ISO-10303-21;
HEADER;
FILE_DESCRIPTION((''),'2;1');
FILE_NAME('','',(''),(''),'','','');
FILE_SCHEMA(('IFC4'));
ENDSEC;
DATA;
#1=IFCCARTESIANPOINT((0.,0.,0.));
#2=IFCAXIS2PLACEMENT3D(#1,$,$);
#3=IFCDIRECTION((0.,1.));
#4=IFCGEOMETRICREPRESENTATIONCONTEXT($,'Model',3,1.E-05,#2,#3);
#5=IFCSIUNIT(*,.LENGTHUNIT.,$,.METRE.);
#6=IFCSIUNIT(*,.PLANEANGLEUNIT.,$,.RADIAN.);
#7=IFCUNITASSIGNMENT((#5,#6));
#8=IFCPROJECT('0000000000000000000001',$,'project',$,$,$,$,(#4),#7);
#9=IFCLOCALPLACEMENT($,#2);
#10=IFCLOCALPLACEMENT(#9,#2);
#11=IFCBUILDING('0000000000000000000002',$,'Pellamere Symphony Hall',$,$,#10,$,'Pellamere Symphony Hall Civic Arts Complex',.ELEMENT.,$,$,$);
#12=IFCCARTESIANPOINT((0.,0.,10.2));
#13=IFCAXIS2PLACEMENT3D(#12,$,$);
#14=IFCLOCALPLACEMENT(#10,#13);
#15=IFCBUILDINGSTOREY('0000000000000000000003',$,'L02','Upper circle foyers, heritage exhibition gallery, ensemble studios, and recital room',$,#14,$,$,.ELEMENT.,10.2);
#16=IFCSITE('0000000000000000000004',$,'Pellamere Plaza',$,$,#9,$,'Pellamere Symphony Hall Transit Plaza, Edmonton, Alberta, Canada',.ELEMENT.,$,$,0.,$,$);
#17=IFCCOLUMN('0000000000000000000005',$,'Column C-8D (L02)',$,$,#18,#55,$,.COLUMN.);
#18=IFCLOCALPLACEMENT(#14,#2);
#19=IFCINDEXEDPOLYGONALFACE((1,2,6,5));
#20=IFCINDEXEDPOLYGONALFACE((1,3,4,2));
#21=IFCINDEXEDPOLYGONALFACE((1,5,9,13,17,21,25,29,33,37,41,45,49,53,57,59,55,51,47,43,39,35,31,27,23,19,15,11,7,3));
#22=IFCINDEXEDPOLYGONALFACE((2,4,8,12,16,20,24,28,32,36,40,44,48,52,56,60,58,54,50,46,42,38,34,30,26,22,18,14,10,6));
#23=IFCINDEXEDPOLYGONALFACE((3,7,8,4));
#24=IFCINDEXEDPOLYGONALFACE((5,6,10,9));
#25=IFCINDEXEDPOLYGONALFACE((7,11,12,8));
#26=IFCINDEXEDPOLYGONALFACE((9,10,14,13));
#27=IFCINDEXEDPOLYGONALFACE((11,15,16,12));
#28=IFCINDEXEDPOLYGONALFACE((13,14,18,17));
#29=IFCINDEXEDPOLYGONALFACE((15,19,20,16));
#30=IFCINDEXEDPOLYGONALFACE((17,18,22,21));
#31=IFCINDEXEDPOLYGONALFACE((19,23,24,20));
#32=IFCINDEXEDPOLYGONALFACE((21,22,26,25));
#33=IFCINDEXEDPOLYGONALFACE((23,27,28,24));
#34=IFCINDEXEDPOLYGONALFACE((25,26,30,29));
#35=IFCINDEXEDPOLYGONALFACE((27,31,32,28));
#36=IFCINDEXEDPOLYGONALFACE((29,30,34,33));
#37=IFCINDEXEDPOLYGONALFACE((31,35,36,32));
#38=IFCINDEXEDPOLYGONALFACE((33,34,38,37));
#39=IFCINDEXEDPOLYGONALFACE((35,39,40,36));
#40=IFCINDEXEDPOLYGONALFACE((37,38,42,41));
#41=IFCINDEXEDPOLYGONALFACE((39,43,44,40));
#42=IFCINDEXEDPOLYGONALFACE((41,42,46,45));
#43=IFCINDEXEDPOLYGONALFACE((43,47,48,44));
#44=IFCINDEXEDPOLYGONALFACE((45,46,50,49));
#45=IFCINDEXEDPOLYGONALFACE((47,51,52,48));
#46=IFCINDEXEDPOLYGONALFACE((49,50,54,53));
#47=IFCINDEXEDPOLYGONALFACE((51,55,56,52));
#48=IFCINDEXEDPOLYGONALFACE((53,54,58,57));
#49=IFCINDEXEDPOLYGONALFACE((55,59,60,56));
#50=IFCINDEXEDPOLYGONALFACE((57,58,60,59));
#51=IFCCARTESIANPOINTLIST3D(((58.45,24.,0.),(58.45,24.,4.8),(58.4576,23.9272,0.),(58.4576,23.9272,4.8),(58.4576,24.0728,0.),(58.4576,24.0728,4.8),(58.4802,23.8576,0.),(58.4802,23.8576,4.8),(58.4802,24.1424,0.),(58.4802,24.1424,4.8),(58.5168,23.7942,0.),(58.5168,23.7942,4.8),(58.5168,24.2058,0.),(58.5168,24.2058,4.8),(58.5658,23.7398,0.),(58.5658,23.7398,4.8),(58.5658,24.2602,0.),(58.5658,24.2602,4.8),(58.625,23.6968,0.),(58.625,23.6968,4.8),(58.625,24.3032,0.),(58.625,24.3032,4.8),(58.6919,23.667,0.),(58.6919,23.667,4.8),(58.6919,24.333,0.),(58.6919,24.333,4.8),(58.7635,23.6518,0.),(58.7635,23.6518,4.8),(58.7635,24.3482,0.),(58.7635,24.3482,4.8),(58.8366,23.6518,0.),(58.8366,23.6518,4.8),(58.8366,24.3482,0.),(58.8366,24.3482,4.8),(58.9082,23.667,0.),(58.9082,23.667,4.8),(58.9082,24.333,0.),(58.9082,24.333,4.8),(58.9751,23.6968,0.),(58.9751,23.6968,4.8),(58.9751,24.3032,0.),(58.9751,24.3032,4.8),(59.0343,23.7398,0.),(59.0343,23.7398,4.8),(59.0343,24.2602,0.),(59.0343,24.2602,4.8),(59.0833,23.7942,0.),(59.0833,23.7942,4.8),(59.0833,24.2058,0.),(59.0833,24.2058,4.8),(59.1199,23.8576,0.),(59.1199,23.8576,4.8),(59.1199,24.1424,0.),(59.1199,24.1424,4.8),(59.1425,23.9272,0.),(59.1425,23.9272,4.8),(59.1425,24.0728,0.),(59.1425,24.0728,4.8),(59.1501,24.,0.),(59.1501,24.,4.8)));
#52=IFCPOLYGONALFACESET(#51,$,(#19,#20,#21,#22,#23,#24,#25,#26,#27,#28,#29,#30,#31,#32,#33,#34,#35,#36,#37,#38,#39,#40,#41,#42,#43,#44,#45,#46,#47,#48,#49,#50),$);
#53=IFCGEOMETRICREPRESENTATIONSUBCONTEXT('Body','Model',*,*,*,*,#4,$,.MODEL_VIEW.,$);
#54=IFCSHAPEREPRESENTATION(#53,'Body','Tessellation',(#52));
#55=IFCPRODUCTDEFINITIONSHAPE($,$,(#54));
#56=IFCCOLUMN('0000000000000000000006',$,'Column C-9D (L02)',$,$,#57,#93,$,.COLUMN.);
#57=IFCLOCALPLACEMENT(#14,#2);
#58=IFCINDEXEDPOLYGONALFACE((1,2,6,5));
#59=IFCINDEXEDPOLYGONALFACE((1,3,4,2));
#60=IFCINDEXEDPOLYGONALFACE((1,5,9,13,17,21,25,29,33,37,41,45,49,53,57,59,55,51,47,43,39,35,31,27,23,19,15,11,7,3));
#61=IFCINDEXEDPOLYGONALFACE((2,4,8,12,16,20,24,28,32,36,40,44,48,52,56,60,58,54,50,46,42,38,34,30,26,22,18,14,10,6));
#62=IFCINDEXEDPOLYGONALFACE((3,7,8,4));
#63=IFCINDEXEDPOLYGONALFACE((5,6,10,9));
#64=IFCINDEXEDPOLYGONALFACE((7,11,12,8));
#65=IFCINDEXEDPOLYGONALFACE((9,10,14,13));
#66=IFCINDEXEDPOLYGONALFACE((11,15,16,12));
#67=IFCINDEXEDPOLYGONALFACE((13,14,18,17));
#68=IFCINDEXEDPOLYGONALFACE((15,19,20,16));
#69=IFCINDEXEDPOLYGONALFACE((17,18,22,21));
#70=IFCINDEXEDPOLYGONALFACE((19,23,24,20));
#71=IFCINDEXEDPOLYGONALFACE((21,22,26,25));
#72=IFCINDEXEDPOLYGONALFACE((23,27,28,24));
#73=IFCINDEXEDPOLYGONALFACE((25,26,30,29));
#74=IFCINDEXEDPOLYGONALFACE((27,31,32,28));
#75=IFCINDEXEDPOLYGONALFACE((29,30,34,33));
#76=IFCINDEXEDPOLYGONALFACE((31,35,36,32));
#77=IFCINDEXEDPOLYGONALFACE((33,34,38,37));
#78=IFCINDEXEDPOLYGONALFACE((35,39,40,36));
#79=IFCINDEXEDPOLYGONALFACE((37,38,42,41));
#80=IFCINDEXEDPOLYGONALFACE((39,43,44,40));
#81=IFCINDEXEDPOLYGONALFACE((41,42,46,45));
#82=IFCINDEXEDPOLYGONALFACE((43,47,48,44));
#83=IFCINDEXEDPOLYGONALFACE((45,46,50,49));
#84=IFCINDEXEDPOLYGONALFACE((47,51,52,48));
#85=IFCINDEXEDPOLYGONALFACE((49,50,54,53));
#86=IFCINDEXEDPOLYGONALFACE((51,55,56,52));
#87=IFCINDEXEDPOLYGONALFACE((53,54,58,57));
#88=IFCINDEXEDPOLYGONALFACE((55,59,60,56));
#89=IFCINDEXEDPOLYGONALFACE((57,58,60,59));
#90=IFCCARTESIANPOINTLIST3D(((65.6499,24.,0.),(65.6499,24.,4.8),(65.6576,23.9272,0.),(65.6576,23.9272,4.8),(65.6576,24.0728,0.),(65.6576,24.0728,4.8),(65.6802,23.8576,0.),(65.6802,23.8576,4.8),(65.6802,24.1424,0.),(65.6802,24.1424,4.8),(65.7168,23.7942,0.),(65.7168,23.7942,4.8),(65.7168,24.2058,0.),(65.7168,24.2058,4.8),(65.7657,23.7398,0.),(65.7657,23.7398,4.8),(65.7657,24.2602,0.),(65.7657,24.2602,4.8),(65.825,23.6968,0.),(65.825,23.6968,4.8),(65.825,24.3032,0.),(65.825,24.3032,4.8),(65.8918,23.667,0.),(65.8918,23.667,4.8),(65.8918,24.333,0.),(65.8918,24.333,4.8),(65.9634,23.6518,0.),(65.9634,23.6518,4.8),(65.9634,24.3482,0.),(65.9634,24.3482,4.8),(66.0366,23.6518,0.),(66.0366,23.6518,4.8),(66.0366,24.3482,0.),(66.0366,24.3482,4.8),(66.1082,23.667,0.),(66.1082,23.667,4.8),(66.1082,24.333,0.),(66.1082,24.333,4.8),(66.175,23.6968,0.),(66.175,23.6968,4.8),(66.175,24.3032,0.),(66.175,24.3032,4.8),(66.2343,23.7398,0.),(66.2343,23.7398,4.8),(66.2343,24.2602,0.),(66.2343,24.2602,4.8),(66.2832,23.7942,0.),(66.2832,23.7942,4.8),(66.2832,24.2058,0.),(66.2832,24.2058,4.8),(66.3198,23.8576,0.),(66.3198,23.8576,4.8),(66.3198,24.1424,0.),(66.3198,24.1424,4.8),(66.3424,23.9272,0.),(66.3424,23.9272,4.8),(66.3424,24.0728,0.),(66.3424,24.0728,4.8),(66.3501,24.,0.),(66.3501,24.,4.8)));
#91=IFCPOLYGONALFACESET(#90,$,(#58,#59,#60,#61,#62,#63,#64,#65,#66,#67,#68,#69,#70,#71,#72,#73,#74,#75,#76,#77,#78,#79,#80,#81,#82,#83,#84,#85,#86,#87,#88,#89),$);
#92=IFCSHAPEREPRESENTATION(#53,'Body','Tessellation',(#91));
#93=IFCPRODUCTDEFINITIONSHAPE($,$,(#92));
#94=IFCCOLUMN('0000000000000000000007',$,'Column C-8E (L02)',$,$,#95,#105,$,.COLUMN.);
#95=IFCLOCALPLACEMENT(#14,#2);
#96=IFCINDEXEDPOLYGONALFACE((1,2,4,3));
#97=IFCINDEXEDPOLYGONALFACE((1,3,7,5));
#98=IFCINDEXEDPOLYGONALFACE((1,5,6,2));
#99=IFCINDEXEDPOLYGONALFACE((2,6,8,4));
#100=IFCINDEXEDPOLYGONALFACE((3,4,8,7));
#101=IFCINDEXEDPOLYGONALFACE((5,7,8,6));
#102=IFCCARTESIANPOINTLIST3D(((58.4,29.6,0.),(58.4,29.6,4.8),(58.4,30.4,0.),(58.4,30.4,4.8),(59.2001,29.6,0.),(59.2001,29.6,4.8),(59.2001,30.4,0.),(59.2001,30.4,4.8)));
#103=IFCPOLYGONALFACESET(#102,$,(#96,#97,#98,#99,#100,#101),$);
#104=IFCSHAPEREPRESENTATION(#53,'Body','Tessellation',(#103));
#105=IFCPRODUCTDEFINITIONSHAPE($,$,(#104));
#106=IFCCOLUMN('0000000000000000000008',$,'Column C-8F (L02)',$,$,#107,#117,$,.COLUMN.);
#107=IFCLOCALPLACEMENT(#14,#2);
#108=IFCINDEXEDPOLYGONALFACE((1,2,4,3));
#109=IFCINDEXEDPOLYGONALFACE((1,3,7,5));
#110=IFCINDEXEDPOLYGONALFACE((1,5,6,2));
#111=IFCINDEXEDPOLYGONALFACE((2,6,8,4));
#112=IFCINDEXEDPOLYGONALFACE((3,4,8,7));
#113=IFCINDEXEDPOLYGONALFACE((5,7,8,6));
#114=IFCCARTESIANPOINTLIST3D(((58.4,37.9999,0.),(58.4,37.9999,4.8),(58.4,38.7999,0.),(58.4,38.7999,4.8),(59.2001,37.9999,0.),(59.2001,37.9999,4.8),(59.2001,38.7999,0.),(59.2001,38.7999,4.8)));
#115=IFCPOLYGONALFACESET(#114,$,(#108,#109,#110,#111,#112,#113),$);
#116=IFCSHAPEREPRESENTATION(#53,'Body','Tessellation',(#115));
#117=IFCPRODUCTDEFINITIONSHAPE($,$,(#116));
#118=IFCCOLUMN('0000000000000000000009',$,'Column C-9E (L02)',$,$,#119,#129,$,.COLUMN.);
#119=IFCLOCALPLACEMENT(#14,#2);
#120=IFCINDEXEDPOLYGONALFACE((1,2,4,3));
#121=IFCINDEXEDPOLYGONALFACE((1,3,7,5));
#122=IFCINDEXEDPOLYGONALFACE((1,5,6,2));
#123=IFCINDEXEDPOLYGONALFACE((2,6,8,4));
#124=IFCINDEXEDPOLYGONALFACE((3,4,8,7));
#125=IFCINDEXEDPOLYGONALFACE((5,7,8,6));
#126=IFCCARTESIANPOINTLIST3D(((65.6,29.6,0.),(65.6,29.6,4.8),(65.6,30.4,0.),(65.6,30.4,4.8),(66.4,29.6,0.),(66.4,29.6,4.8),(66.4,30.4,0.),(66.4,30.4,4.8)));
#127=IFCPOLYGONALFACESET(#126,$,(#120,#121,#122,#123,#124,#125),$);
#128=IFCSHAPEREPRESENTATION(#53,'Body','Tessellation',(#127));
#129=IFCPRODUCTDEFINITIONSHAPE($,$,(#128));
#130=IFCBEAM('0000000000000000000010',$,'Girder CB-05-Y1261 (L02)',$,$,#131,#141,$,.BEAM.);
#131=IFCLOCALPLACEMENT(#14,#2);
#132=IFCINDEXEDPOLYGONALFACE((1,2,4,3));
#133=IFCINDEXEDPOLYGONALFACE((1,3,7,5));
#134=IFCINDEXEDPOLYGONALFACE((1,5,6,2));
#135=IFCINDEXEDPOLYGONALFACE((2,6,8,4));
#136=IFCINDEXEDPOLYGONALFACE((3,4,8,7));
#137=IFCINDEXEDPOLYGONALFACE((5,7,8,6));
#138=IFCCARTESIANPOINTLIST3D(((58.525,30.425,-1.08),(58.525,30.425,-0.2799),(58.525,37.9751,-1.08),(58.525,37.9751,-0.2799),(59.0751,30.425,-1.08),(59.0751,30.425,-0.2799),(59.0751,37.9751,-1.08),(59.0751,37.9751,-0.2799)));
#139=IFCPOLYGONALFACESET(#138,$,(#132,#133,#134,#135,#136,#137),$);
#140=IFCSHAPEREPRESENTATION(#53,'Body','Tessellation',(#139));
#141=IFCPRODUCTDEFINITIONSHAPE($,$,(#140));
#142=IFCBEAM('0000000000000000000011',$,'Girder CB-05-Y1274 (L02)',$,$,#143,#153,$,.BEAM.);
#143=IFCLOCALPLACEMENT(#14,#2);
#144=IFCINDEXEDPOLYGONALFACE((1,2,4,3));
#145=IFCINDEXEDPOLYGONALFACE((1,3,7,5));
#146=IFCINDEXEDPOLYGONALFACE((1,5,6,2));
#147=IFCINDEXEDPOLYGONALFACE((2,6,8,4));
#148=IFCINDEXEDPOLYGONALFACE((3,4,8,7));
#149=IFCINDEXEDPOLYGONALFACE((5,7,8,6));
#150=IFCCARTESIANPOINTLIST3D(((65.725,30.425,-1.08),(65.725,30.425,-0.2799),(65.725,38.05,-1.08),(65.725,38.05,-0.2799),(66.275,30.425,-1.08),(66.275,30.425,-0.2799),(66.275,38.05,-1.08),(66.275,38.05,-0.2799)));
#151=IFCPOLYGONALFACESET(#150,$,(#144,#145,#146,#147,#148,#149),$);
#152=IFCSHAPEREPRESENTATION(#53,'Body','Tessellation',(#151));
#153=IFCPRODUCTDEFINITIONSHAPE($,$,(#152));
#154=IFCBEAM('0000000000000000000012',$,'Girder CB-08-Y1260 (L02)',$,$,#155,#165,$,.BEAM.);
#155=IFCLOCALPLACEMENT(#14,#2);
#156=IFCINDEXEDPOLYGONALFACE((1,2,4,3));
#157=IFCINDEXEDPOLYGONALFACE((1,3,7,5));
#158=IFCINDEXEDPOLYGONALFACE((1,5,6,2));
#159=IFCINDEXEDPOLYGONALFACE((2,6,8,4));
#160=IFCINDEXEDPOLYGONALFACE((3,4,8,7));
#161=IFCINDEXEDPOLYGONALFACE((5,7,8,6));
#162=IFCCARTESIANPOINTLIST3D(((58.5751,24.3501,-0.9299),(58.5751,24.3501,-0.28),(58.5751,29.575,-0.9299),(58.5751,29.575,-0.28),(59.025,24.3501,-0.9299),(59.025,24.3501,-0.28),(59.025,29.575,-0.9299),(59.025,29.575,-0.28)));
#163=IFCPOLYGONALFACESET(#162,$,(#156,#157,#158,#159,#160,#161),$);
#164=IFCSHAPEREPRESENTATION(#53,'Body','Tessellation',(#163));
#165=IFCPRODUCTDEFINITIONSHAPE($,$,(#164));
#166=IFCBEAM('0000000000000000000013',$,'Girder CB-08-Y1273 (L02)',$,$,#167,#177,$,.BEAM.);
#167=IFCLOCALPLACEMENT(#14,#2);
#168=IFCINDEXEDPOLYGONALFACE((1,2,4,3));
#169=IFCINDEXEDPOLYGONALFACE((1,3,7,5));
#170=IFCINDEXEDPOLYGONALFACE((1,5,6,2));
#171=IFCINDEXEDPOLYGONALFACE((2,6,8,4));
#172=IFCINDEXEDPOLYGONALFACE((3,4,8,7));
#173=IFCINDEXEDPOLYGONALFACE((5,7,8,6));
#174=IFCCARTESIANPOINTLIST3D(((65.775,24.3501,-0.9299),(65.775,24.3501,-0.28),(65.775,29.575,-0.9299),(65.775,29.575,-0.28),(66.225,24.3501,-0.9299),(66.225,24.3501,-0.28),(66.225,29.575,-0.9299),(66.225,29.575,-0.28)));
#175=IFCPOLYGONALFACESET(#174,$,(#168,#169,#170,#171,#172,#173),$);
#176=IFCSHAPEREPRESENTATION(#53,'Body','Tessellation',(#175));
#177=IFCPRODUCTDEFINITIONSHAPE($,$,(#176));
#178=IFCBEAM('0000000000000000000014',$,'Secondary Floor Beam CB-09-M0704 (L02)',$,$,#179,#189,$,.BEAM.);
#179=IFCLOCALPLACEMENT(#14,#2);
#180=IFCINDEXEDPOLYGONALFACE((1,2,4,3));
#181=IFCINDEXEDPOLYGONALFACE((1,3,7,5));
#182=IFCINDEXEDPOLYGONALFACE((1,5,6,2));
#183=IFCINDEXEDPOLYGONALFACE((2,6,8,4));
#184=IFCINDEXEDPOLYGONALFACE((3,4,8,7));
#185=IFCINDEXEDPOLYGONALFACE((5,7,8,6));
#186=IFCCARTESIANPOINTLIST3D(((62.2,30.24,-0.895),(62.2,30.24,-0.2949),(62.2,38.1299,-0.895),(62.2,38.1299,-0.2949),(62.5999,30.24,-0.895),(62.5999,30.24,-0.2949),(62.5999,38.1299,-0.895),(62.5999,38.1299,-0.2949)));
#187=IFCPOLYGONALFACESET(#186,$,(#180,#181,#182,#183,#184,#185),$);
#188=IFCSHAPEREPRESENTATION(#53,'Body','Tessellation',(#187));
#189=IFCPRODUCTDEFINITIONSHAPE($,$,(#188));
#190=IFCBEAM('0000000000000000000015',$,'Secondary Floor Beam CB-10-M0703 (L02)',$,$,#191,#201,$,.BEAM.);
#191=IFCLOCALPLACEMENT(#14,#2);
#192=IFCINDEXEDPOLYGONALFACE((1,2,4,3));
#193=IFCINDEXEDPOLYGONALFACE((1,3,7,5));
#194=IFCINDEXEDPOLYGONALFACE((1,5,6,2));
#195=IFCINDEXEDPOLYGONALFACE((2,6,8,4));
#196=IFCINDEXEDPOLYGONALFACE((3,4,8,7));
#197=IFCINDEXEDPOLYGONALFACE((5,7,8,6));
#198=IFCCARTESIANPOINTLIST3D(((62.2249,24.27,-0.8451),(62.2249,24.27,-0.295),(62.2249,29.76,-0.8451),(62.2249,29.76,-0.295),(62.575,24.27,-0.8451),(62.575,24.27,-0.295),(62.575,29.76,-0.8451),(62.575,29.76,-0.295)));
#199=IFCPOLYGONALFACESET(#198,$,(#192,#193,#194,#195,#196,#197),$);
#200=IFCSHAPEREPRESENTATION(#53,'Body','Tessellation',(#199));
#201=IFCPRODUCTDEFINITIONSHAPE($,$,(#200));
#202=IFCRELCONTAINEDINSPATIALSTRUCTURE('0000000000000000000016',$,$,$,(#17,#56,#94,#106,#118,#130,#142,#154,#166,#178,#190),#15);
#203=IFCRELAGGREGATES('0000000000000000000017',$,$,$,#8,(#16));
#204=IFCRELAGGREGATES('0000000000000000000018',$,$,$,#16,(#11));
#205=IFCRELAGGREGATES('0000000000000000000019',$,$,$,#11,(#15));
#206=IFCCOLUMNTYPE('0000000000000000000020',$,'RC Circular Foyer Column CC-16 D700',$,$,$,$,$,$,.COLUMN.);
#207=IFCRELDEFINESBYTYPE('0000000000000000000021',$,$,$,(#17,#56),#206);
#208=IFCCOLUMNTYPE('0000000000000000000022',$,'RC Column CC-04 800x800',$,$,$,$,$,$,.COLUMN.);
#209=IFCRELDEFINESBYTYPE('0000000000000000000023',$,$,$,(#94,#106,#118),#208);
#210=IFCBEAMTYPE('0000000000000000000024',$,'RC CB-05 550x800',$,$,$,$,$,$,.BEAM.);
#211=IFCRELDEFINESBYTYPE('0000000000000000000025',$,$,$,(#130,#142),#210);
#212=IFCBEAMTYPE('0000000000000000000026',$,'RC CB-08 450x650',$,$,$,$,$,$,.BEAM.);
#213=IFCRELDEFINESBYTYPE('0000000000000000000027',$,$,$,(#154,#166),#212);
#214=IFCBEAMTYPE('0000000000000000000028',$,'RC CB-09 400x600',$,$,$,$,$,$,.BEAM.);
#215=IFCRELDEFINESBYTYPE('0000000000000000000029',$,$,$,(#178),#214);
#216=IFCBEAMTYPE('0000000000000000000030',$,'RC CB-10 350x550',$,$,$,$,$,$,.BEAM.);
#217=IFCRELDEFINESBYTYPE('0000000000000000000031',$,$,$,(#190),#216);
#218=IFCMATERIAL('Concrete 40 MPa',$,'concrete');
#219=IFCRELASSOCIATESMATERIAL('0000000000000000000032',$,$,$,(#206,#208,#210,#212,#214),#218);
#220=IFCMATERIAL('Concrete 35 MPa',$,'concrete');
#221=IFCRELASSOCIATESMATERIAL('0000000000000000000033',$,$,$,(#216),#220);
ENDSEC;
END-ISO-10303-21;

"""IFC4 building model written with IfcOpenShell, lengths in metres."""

from ifc_helpers import new_model, si_unit, direction, frame, origin, origin_2d, place, context, subcontext, project, spatial, rectangle, circle, extrude, material, material_profile, profile_set, type_object, element, save


model = new_model("IFC4")

# Units and contexts
model_context = context("Model", 3, precision=1e-05, world=origin(), true_north=direction((0.0, 1.0)))
body_context = subcontext(model_context, "Body", "Model", "MODEL_VIEW")
ifc_project = project(units=[si_unit("LENGTHUNIT", "METRE"), si_unit("PLANEANGLEUNIT", "RADIAN")], contexts=[model_context])

# Site, building, storey
site_placement = place(None, origin())
site = spatial("IfcSite", under=ifc_project, at=site_placement, Name="Pellamere Plaza", LongName="Pellamere Symphony Hall Transit Plaza, Edmonton, Alberta, Canada", CompositionType="ELEMENT", RefElevation=0.0)
building_placement = place(site_placement, origin())
building = spatial("IfcBuilding", under=site, at=building_placement, Name="Pellamere Symphony Hall", LongName="Pellamere Symphony Hall Civic Arts Complex", CompositionType="ELEMENT")
storey_placement = place(building_placement, frame((0.0, 0.0, 10.2)))
storey = spatial("IfcBuildingStorey", under=building, at=storey_placement, Name="L02", Description="Upper circle foyers, heritage exhibition gallery, ensemble studios, and recital room", CompositionType="ELEMENT", Elevation=10.2)

# Columns
ifc_material_1 = material(Name="Concrete 40 MPa", Category="concrete")
ifc_material_profile_1 = material_profile(ifc_material_1, circle(Radius=0.3501, at=origin_2d()), Name="RCCOL D700")
ifc_profile_set_1 = profile_set([ifc_material_profile_1], Name="Concrete 40 MPa")
column_type_1 = type_object("IfcColumnType", Name="RC Circular Foyer Column CC-16 D700", PredefinedType="COLUMN", material=ifc_profile_set_1)
for number, where, z_axis, x_axis, name in (
    (1, (58.8, 24.0, 0.0), (0.0, 0.0, 1.0), (1.0, 0.0, 0.0), "Column C-8D (L02)"),
    (2, (66.0, 24.0, 0.0), (0.0, 0.0, 1.0), (1.0, 0.0, 0.0), "Column C-9D (L02)"),
):
    element("IfcColumn", number, at=place(storey_placement, frame(where, z_axis=z_axis, x_axis=x_axis)), inside=storey, type_object=column_type_1, Name=name, PredefinedType="COLUMN", context=body_context, shape_type="SweptSolid", body=[
        extrude(circle(Radius=0.3501, at=origin_2d()), origin(), (0.0, 0.0, 1.0), 4.8),
    ])
ifc_material_profile_2 = material_profile(ifc_material_1, rectangle(XDim=0.8, YDim=0.8, at=origin_2d()), Name="RC 800x800")
ifc_profile_set_2 = profile_set([ifc_material_profile_2], Name="Concrete 40 MPa")
column_type_2 = type_object("IfcColumnType", Name="RC Column CC-04 800x800", PredefinedType="COLUMN", material=ifc_profile_set_2)
for number, where, z_axis, x_axis, name in (
    (3, (58.8, 30.0, 0.0), (0.0, 0.0, 1.0), (1.0, 0.0, 0.0), "Column C-8E (L02)"),
    (4, (58.8, 38.3999, 0.0), (0.0, 0.0, 1.0), (1.0, 0.0, 0.0), "Column C-8F (L02)"),
    (5, (66.0, 30.0, 0.0), (0.0, 0.0, 1.0), (1.0, 0.0, 0.0), "Column C-9E (L02)"),
):
    element("IfcColumn", number, at=place(storey_placement, frame(where, z_axis=z_axis, x_axis=x_axis)), inside=storey, type_object=column_type_2, Name=name, PredefinedType="COLUMN", context=body_context, shape_type="SweptSolid", body=[
        extrude(rectangle(XDim=0.8, YDim=0.8, at=origin_2d()), origin(), (0.0, 0.0, 1.0), 4.8),
    ])

# Beams
ifc_material_profile_3 = material_profile(ifc_material_1, rectangle(XDim=0.55, YDim=0.8, at=origin_2d()), Name="RC 550x800")
ifc_profile_set_3 = profile_set([ifc_material_profile_3], Name="Concrete 40 MPa")
beam_type_1 = type_object("IfcBeamType", Name="RC CB-05 550x800", PredefinedType="BEAM", material=ifc_profile_set_3)
beam_1_placement = place(storey_placement, frame((58.8, 30.425, -0.6799), z_axis=(0.0, 1.0, 0.0), x_axis=(-1.0, 0.0, 0.0)))
element("IfcBeam", 6, at=beam_1_placement, inside=storey, type_object=beam_type_1, Name="Girder CB-05-Y1261 (L02)", PredefinedType="BEAM", context=body_context, shape_type="SweptSolid", body=[
    extrude(rectangle(XDim=0.55, YDim=0.8, at=origin_2d()), origin(), (0.0, 0.0, 1.0), 7.55),
])
beam_2_placement = place(storey_placement, frame((66.0, 30.425, -0.6799), z_axis=(0.0, 1.0, 0.0), x_axis=(-1.0, 0.0, 0.0)))
element("IfcBeam", 7, at=beam_2_placement, inside=storey, type_object=beam_type_1, Name="Girder CB-05-Y1274 (L02)", PredefinedType="BEAM", context=body_context, shape_type="SweptSolid", body=[
    extrude(rectangle(XDim=0.55, YDim=0.8, at=origin_2d()), origin(), (0.0, 0.0, 1.0), 7.625),
])
ifc_material_profile_4 = material_profile(ifc_material_1, rectangle(XDim=0.45, YDim=0.6499, at=origin_2d()), Name="RC 450x650")
ifc_profile_set_4 = profile_set([ifc_material_profile_4], Name="Concrete 40 MPa")
beam_type_2 = type_object("IfcBeamType", Name="RC CB-08 450x650", PredefinedType="BEAM", material=ifc_profile_set_4)
for number, where, z_axis, x_axis, name in (
    (8, (58.8, 24.3501, -0.605), (0.0, 1.0, 0.0), (-1.0, 0.0, 0.0), "Girder CB-08-Y1260 (L02)"),
    (9, (66.0, 24.3501, -0.605), (0.0, 1.0, 0.0), (-1.0, 0.0, 0.0), "Girder CB-08-Y1273 (L02)"),
):
    element("IfcBeam", number, at=place(storey_placement, frame(where, z_axis=z_axis, x_axis=x_axis)), inside=storey, type_object=beam_type_2, Name=name, PredefinedType="BEAM", context=body_context, shape_type="SweptSolid", body=[
        extrude(rectangle(XDim=0.45, YDim=0.6499, at=origin_2d()), origin(), (0.0, 0.0, 1.0), 5.2249),
    ])
ifc_material_profile_5 = material_profile(ifc_material_1, rectangle(XDim=0.3999, YDim=0.6001, at=origin_2d()), Name="RC 400x600")
ifc_profile_set_5 = profile_set([ifc_material_profile_5], Name="Concrete 40 MPa")
beam_type_3 = type_object("IfcBeamType", Name="RC CB-09 400x600", PredefinedType="BEAM", material=ifc_profile_set_5)
beam_3_placement = place(storey_placement, frame((62.3999, 30.24, -0.595), z_axis=(0.0, 1.0, 0.0), x_axis=(-1.0, 0.0, 0.0)))
element("IfcBeam", 10, at=beam_3_placement, inside=storey, type_object=beam_type_3, Name="Secondary Floor Beam CB-09-M0704 (L02)", PredefinedType="BEAM", context=body_context, shape_type="SweptSolid", body=[
    extrude(rectangle(XDim=0.3999, YDim=0.6001, at=origin_2d()), origin(), (0.0, 0.0, 1.0), 7.8899),
])
ifc_material_2 = material(Name="Concrete 35 MPa", Category="concrete")
ifc_material_profile_6 = material_profile(ifc_material_2, rectangle(XDim=0.3501, YDim=0.55, at=origin_2d()), Name="RC 350x550")
ifc_profile_set_6 = profile_set([ifc_material_profile_6], Name="Concrete 35 MPa")
beam_type_4 = type_object("IfcBeamType", Name="RC CB-10 350x550", PredefinedType="BEAM", material=ifc_profile_set_6)
beam_4_placement = place(storey_placement, frame((62.3999, 24.27, -0.5701), z_axis=(0.0, 1.0, 0.0), x_axis=(-1.0, 0.0, 0.0)))
element("IfcBeam", 11, at=beam_4_placement, inside=storey, type_object=beam_type_4, Name="Secondary Floor Beam CB-10-M0703 (L02)", PredefinedType="BEAM", context=body_context, shape_type="SweptSolid", body=[
    extrude(rectangle(XDim=0.3501, YDim=0.55, at=origin_2d()), origin(), (0.0, 0.0, 1.0), 5.49),
])

save(model, "model.ifc")
